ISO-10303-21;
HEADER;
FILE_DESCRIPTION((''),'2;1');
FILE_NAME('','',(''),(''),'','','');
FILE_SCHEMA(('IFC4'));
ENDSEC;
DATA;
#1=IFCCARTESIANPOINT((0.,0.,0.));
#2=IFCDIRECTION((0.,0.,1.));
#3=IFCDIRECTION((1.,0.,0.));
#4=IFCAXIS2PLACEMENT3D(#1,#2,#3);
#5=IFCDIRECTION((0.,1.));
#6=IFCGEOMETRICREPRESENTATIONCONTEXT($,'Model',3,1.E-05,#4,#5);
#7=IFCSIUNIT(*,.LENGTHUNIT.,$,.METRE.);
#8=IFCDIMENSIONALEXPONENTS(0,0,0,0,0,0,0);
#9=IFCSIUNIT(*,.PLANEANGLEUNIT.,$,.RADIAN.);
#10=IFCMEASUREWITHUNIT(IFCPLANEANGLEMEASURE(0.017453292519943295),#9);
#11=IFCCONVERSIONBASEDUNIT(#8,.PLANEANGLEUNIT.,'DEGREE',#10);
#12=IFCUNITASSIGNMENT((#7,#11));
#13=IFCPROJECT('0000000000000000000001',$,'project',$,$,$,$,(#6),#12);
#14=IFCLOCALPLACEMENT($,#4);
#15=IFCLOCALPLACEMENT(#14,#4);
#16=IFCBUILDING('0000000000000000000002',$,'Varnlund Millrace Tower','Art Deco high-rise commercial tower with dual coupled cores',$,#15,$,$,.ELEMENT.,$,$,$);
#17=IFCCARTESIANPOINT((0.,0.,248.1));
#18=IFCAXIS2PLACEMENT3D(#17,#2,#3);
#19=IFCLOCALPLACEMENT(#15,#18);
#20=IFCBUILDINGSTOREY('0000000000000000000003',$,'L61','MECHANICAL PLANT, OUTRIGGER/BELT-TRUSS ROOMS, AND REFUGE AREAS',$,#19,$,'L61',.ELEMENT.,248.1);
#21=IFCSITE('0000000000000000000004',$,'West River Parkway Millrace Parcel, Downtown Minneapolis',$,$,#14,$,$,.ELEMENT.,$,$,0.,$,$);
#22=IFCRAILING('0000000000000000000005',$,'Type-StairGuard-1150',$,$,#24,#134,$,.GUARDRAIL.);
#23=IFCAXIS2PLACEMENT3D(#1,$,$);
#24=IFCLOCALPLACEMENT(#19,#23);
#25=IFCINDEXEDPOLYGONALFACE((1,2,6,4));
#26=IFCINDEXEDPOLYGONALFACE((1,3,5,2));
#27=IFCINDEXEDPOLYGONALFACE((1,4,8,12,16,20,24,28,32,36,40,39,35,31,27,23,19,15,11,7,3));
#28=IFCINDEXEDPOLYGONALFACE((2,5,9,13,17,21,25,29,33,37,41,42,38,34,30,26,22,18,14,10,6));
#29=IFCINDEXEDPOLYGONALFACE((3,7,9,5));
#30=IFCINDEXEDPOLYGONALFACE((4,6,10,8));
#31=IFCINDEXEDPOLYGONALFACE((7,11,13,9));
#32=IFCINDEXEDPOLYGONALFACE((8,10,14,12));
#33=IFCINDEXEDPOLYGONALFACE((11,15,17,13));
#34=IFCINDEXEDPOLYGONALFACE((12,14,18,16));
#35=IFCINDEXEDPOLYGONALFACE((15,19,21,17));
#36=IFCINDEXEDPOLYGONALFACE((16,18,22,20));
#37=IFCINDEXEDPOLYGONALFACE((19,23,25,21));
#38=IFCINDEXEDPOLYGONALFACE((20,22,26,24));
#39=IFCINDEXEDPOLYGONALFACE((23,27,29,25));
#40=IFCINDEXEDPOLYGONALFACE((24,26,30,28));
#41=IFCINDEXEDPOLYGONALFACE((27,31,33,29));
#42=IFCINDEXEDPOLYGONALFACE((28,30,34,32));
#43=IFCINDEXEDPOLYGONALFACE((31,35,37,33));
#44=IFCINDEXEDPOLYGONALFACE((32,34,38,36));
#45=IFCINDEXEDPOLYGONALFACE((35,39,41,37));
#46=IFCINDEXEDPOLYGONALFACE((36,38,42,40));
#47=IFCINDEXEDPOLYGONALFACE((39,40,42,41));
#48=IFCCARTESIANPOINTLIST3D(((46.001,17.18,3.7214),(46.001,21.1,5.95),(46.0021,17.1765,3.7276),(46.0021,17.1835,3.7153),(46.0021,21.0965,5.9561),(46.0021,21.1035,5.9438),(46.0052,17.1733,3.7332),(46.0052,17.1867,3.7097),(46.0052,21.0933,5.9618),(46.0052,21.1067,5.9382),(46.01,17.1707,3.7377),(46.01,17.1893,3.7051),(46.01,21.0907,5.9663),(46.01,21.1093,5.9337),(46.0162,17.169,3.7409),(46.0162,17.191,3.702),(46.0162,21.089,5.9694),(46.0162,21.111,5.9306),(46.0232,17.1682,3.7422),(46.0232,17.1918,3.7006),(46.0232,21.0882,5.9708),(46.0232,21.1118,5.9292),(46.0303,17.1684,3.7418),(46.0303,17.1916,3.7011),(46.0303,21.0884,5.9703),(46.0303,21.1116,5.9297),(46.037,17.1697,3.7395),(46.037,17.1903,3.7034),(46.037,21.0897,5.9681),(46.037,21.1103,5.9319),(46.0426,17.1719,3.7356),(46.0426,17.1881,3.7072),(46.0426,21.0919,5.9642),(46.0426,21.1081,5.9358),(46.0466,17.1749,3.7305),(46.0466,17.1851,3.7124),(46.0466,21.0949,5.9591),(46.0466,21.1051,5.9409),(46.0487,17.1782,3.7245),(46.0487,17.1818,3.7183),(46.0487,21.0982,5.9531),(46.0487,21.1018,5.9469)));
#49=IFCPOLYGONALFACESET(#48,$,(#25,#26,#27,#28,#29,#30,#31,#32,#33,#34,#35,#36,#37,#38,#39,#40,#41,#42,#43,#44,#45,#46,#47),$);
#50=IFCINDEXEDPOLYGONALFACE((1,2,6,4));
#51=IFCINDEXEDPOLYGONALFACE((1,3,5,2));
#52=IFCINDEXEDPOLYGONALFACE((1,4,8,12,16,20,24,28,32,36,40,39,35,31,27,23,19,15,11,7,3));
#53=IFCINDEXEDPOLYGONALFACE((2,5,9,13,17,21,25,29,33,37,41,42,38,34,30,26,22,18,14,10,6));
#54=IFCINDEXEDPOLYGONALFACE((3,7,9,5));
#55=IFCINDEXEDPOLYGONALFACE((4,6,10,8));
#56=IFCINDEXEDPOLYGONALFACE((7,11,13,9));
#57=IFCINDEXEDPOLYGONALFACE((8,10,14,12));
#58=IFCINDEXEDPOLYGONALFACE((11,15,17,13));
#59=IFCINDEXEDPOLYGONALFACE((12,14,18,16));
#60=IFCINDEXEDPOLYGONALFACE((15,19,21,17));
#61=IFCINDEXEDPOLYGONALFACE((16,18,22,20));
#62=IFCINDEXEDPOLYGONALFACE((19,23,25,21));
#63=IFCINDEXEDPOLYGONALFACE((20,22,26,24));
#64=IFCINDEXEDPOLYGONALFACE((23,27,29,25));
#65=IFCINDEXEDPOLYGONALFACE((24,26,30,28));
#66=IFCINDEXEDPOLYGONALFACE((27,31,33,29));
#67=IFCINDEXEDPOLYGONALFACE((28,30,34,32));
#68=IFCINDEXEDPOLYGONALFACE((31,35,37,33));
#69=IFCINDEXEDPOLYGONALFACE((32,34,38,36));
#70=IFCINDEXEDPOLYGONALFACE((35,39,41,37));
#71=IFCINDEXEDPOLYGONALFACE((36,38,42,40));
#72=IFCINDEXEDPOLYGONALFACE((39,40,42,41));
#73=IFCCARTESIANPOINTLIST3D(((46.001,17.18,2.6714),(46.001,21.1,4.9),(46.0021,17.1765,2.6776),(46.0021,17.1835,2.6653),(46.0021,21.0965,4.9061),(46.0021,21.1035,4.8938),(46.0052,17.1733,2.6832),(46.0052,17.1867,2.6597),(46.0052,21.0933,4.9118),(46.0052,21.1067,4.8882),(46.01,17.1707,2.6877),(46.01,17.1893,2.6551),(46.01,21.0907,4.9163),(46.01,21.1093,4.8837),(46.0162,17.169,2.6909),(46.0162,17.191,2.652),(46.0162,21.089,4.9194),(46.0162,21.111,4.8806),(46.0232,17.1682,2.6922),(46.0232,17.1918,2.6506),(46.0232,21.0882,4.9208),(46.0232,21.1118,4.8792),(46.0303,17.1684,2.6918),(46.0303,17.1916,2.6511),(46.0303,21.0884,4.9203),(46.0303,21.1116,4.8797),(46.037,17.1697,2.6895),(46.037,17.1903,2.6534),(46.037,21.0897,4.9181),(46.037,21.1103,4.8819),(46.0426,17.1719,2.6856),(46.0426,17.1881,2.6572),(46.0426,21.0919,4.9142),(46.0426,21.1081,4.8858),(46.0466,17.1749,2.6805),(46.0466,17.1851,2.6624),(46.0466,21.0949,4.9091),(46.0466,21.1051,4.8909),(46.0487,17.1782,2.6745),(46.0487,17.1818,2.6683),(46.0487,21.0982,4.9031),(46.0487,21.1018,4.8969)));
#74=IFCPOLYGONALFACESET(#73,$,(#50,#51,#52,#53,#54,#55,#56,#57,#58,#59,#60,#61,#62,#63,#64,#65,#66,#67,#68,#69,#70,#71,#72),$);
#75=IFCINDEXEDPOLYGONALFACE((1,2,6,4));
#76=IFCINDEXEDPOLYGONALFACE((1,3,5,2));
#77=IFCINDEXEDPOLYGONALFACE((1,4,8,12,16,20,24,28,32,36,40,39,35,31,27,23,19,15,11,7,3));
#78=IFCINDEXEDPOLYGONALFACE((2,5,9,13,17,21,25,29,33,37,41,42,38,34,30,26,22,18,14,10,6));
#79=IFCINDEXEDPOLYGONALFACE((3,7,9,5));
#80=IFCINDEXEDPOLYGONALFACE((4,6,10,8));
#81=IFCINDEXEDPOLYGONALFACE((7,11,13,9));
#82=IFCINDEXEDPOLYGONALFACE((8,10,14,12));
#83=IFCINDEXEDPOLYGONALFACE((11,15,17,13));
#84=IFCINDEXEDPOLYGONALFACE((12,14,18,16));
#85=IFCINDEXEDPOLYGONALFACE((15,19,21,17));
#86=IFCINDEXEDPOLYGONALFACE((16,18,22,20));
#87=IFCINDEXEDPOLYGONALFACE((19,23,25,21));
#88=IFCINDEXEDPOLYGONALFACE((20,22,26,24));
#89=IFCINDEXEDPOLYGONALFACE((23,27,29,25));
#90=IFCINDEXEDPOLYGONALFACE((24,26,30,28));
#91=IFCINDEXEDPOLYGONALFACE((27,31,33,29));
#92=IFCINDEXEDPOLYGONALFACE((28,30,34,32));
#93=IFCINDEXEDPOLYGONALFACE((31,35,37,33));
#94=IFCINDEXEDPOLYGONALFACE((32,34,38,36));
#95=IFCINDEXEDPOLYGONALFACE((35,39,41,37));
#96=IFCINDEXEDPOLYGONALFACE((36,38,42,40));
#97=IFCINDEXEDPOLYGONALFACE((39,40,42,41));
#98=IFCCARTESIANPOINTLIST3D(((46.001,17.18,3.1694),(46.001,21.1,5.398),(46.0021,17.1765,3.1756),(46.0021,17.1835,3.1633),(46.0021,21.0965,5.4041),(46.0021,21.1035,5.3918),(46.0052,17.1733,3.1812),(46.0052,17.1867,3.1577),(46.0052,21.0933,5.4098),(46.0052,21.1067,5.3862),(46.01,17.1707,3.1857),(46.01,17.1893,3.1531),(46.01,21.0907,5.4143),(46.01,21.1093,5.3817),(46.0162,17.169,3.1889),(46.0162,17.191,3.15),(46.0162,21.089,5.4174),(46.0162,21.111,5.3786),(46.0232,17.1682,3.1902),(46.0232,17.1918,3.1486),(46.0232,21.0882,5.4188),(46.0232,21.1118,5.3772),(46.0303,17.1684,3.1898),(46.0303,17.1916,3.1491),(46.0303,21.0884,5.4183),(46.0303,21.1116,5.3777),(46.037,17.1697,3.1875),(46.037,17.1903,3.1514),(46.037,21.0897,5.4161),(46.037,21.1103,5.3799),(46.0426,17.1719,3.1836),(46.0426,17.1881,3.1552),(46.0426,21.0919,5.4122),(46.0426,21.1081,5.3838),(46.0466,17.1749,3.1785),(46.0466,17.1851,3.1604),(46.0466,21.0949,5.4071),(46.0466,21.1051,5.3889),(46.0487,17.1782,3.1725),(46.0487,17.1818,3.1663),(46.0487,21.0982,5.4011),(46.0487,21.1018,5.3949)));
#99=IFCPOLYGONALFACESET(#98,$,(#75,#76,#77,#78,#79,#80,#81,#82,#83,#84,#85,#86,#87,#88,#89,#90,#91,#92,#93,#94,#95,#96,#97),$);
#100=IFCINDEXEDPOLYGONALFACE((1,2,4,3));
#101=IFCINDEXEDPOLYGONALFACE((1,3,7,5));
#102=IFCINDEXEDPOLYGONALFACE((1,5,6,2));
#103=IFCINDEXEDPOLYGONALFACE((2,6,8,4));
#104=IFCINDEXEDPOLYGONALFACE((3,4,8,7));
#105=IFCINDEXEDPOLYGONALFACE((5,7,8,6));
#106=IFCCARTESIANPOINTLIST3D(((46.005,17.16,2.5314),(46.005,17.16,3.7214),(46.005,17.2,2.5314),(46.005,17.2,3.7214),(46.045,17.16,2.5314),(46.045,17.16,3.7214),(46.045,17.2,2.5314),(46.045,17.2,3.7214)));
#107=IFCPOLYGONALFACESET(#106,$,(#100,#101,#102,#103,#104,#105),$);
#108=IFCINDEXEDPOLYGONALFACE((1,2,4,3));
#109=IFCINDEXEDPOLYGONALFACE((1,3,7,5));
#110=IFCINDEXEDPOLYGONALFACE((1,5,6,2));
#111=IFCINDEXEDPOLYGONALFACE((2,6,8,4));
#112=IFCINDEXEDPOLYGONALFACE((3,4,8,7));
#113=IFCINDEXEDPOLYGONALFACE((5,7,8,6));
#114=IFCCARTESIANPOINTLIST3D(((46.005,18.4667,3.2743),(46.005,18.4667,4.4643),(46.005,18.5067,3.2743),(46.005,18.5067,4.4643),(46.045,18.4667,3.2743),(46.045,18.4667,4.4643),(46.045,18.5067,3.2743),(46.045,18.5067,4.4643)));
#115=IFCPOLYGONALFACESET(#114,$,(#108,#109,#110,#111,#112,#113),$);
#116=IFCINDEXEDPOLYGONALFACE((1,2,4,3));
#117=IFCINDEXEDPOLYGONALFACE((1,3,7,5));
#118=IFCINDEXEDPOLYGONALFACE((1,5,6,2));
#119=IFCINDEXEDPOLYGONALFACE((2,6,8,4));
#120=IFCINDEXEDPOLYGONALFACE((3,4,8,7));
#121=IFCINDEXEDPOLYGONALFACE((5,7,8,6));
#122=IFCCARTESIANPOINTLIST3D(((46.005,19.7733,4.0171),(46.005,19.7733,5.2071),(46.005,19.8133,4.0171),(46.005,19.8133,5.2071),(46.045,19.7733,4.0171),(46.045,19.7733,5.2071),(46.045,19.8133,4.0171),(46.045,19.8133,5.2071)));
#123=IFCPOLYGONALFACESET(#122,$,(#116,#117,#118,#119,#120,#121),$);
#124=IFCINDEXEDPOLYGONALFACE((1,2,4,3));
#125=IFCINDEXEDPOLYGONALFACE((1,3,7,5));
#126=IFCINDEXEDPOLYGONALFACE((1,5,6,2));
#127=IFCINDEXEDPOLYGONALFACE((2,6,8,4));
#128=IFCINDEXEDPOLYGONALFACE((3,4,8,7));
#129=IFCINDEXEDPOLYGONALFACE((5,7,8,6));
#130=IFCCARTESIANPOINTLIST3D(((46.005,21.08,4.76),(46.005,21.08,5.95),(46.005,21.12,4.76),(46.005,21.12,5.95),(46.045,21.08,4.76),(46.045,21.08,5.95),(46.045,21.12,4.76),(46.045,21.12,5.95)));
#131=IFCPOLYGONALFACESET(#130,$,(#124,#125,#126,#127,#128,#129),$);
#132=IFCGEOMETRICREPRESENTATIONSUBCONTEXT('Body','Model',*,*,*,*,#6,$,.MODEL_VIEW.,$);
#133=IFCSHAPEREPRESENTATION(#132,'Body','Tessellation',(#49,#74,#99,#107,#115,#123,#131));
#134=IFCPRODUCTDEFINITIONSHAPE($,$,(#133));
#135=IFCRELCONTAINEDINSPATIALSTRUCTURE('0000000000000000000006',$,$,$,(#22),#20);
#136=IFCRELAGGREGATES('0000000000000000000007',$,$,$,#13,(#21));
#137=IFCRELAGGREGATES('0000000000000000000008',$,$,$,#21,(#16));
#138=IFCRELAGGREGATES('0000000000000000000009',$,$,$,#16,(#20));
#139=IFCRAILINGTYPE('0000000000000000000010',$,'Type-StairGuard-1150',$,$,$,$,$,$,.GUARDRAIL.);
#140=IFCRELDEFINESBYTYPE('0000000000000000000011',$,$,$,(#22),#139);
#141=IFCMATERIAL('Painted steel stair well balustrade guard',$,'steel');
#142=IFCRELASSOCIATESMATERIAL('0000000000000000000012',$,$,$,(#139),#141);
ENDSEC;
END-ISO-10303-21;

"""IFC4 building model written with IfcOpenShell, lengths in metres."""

from ifc_helpers import new_model, entity, si_unit, converted_unit, direction, frame, origin_with_axes, origin_2d_with_axis, place, context, subcontext, project, spatial, rectangle, circle, extrude, material, type_object, element, save


model = new_model("IFC4")

# Units and contexts
model_context = context("Model", 3, precision=1e-05, world=origin_with_axes(), true_north=direction((0.0, 1.0)))
body_context = subcontext(model_context, "Body", "Model", "MODEL_VIEW")
ifc_project = project(units=[si_unit("LENGTHUNIT", "METRE"), converted_unit("PLANEANGLEUNIT", "DEGREE", entity("IfcPlaneAngleMeasure", 0.017453292519943295), si_unit("PLANEANGLEUNIT", "RADIAN"), dimensions=[0, 0, 0, 0, 0, 0, 0])], contexts=[model_context])

# Site, building, storey
site_placement = place(None, origin_with_axes())
site = spatial("IfcSite", under=ifc_project, at=site_placement, Name="West River Parkway Millrace Parcel, Downtown Minneapolis", CompositionType="ELEMENT", RefElevation=0.0)
building_placement = place(site_placement, origin_with_axes())
building = spatial("IfcBuilding", under=site, at=building_placement, Name="Varnlund Millrace Tower", Description="Art Deco high-rise commercial tower with dual coupled cores", CompositionType="ELEMENT")
storey_placement = place(building_placement, frame((0.0, 0.0, 248.1), z_axis=(0.0, 0.0, 1.0), x_axis=(1.0, 0.0, 0.0)))
storey = spatial("IfcBuildingStorey", under=building, at=storey_placement, Name="L61", Description="MECHANICAL PLANT, OUTRIGGER/BELT-TRUSS ROOMS, AND REFUGE AREAS", LongName="L61", CompositionType="ELEMENT", Elevation=248.1)

# Railing
ifc_material_1 = material(Name="Painted steel stair well balustrade guard", Category="steel")
railing_type_1 = type_object("IfcRailingType", Name="Type-StairGuard-1150", PredefinedType="GUARDRAIL", material=ifc_material_1)
railing_1_placement = place(storey_placement, frame((0.0, 0.0, -248.1), z_axis=(0.0, 0.0, 1.0), x_axis=(1.0, 0.0, 0.0)))
element("IfcRailing", 1, at=railing_1_placement, inside=storey, type_object=railing_type_1, Name="Type-StairGuard-1150", PredefinedType="GUARDRAIL", context=body_context, shape_type="SweptSolid", body=[
    extrude(circle(Radius=0.024, at=origin_2d_with_axis()), frame((46.025, 17.18, 251.8214), z_axis=(0.0, 0.869333, 0.494227), x_axis=(-1.0, 0.0, 0.0)), (0.0, 0.0, 1.0), 4.5092),
    extrude(circle(Radius=0.024, at=origin_2d_with_axis()), frame((46.025, 17.18, 250.7714), z_axis=(0.0, 0.869333, 0.494227), x_axis=(-1.0, 0.0, 0.0)), (0.0, 0.0, 1.0), 4.5092),
    extrude(circle(Radius=0.024, at=origin_2d_with_axis()), frame((46.025, 17.18, 251.2694), z_axis=(0.0, 0.869333, 0.494227), x_axis=(-1.0, 0.0, 0.0)), (0.0, 0.0, 1.0), 4.5092),
    extrude(rectangle(XDim=0.04, YDim=0.04, at=origin_2d_with_axis()), frame((46.025, 17.18, 250.6314), z_axis=(0.0, 0.0, 1.0), x_axis=(1.0, 0.0, 0.0)), (0.0, 0.0, 1.0), 1.19),
    extrude(rectangle(XDim=0.04, YDim=0.04, at=origin_2d_with_axis()), frame((46.025, 18.4867, 251.3743), z_axis=(0.0, 0.0, 1.0), x_axis=(1.0, 0.0, 0.0)), (0.0, 0.0, 1.0), 1.19),
    extrude(rectangle(XDim=0.04, YDim=0.04, at=origin_2d_with_axis()), frame((46.025, 19.7933, 252.1171), z_axis=(0.0, 0.0, 1.0), x_axis=(1.0, 0.0, 0.0)), (0.0, 0.0, 1.0), 1.19),
    extrude(rectangle(XDim=0.04, YDim=0.04, at=origin_2d_with_axis()), frame((46.025, 21.1, 252.86), z_axis=(0.0, 0.0, 1.0), x_axis=(1.0, 0.0, 0.0)), (0.0, 0.0, 1.0), 1.19),
])

save(model, "model.ifc")
